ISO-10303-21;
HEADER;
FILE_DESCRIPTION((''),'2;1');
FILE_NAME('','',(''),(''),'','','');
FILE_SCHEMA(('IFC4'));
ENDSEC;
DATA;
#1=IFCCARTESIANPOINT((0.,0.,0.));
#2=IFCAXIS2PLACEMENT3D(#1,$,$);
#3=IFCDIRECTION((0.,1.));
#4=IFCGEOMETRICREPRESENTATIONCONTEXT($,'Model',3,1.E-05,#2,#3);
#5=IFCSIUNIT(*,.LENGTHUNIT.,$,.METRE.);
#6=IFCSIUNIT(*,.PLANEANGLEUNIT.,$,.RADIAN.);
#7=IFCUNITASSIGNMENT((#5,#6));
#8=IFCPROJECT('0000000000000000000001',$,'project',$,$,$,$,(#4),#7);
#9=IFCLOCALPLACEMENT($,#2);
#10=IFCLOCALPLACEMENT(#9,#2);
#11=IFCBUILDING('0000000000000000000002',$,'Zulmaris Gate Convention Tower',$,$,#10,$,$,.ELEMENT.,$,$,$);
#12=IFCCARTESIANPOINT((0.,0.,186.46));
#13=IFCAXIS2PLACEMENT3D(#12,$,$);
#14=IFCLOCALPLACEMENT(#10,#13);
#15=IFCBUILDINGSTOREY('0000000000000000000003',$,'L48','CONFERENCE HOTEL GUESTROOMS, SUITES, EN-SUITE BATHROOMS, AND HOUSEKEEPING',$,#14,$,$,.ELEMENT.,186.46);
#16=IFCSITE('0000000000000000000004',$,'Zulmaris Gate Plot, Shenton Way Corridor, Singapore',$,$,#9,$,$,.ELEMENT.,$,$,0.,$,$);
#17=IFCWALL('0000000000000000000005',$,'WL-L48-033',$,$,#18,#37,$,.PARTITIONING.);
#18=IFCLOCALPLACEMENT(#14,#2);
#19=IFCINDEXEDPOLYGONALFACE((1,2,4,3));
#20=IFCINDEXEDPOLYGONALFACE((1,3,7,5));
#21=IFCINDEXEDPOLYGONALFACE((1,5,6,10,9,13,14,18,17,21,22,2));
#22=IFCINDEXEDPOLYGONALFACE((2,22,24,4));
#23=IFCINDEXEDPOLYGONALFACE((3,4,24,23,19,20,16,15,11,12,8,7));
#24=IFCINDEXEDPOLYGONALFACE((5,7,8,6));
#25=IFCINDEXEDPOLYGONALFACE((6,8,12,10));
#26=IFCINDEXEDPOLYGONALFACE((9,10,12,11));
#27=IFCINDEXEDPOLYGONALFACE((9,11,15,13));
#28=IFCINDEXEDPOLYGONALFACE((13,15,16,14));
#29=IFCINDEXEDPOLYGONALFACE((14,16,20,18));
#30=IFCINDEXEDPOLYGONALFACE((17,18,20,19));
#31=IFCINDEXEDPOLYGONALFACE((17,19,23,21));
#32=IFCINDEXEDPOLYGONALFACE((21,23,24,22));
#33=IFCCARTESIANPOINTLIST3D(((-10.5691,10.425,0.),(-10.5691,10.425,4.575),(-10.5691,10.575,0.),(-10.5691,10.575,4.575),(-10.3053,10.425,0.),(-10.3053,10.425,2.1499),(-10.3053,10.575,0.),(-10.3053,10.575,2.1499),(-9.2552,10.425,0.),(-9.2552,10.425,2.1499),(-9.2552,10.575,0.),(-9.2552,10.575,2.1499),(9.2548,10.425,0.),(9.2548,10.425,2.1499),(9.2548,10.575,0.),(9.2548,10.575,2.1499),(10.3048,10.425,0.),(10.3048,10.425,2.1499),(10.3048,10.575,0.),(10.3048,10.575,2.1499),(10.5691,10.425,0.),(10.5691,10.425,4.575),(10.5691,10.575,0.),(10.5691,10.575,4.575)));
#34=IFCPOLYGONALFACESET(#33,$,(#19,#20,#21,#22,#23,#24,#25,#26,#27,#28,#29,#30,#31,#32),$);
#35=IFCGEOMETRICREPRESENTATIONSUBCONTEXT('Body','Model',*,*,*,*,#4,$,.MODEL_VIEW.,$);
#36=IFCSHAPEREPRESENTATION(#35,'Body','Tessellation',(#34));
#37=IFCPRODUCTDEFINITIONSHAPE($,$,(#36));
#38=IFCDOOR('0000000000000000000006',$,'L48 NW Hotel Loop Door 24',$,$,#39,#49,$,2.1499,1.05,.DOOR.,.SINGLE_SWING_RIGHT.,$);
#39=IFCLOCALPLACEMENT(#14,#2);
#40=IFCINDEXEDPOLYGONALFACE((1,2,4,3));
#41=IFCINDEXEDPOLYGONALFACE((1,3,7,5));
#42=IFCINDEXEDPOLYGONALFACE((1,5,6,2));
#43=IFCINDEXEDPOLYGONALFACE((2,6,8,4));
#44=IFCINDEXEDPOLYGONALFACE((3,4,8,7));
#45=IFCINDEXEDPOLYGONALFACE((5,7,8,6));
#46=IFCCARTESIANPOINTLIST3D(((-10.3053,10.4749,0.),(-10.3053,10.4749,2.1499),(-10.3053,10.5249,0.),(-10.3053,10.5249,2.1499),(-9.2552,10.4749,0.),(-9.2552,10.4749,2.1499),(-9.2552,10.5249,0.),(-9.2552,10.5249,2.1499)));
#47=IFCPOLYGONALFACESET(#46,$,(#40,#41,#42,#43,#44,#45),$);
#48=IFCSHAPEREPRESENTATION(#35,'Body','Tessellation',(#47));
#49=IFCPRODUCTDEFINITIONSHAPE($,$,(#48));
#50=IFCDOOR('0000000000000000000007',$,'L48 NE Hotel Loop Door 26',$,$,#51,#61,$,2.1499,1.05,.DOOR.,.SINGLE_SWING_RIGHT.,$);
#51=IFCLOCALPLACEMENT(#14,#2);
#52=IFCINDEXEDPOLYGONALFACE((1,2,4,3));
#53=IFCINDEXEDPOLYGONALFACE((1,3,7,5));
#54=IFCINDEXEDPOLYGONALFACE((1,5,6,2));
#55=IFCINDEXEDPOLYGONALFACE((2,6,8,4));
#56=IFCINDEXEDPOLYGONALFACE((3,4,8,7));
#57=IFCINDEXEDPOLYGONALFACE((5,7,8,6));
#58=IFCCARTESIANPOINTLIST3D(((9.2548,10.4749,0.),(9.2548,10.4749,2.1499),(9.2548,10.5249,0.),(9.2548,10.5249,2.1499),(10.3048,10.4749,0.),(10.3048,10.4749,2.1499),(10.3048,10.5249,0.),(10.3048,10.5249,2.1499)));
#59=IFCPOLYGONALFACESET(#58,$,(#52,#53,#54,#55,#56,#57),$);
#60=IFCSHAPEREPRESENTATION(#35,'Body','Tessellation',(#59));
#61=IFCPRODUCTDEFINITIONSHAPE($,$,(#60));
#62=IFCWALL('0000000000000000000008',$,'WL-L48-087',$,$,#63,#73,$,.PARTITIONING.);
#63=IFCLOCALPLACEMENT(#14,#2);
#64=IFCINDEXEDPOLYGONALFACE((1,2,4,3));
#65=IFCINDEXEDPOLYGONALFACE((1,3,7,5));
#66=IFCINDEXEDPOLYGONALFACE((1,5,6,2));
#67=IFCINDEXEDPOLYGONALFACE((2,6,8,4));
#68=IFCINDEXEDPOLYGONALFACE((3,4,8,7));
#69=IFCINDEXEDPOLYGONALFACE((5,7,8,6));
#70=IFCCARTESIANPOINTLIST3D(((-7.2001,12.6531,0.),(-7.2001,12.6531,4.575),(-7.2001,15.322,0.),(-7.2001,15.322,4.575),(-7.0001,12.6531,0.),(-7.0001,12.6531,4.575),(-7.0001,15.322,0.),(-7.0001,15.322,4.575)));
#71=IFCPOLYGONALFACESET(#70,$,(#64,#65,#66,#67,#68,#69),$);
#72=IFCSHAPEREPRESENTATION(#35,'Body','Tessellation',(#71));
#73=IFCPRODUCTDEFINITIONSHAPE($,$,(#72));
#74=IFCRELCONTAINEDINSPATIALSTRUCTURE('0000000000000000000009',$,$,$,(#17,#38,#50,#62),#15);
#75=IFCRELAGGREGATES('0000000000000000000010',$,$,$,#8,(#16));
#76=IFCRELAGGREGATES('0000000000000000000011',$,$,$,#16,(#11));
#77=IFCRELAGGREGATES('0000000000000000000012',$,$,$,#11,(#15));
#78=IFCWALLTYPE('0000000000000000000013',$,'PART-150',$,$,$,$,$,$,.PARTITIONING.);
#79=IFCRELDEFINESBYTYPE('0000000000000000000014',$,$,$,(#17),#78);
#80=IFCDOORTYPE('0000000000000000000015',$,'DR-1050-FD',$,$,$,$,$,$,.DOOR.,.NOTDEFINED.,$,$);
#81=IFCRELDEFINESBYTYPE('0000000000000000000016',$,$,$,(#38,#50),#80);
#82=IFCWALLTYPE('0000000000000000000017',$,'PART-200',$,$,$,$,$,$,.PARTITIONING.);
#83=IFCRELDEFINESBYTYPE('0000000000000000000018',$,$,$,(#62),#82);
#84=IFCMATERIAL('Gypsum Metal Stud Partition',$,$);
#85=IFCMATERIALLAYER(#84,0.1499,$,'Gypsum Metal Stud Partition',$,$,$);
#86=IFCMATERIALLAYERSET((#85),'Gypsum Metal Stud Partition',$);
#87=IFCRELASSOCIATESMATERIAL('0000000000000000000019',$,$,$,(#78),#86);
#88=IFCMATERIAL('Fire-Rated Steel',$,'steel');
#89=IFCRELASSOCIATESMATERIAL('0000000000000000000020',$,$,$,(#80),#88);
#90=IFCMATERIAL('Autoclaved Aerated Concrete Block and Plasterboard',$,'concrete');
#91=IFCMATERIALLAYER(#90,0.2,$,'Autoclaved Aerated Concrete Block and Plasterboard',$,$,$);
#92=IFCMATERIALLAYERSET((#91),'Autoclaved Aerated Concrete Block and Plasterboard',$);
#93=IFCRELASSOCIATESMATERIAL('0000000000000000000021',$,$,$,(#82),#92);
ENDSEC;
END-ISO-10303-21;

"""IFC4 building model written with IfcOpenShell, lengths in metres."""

from ifc_helpers import new_model, si_unit, direction, frame, frame_2d, origin, place, context, subcontext, project, spatial, rectangle, extrude, material, layer, layer_set, type_object, element, fill, save


model = new_model("IFC4")

# Units and contexts
model_context = context("Model", 3, precision=1e-05, world=origin(), true_north=direction((0.0, 1.0)))
body_context = subcontext(model_context, "Body", "Model", "MODEL_VIEW")
ifc_project = project(units=[si_unit("LENGTHUNIT", "METRE"), si_unit("PLANEANGLEUNIT", "RADIAN")], contexts=[model_context])

# Site, building, storey
site_placement = place(None, origin())
site = spatial("IfcSite", under=ifc_project, at=site_placement, Name="Zulmaris Gate Plot, Shenton Way Corridor, Singapore", CompositionType="ELEMENT", RefElevation=0.0)
building_placement = place(site_placement, origin())
building = spatial("IfcBuilding", under=site, at=building_placement, Name="Zulmaris Gate Convention Tower", CompositionType="ELEMENT")
storey_placement = place(building_placement, frame((0.0, 0.0, 186.46)))
storey = spatial("IfcBuildingStorey", under=building, at=storey_placement, Name="L48", Description="CONFERENCE HOTEL GUESTROOMS, SUITES, EN-SUITE BATHROOMS, AND HOUSEKEEPING", CompositionType="ELEMENT", Elevation=186.46)

# Shared definitions
ifc_material_1 = material(Name="Fire-Rated Steel", Category="steel")

# Wall, openings, doors
ifc_material_2 = material(Name="Gypsum Metal Stud Partition")
ifc_layer_1 = layer(ifc_material_2, 0.1499, Name="Gypsum Metal Stud Partition")
ifc_layer_set_1 = layer_set([ifc_layer_1], Name="Gypsum Metal Stud Partition")
wall_type_1 = type_object("IfcWallType", Name="PART-150", PredefinedType="PARTITIONING", material=ifc_layer_set_1)
wall_1_placement = place(storey_placement, frame((-10.5691, 10.5, 0.0), z_axis=(0.0, 0.0, 1.0), x_axis=(1.0, 0.0, 0.0)))
wall_1 = element("IfcWall", 1, at=wall_1_placement, inside=storey, type_object=wall_type_1, Name="WL-L48-033", PredefinedType="PARTITIONING", context=body_context, shape_type="SweptSolid", body=[
    extrude(rectangle(XDim=21.1382, YDim=0.1499, at=frame_2d((10.5691, 0.0))), origin(), (0.0, 0.0, 1.0), 4.575),
])
opening_1_placement = place(wall_1_placement, frame((0.2639, 0.0, 0.0)))
opening_1 = element("IfcOpeningElement", 2, at=opening_1_placement, cuts=wall_1, PredefinedType="OPENING", context=body_context, shape_type="SweptSolid", body=[
    extrude(rectangle(XDim=1.05, YDim=2.1499, at=frame_2d((0.5249, 1.075))), frame((0.0, 0.085, 0.0), z_axis=(0.0, -1.0, 0.0), x_axis=(1.0, 0.0, 0.0)), (0.0, 0.0, 1.0), 0.1699),
])
opening_2_placement = place(wall_1_placement, frame((19.824, 0.0, 0.0)))
opening_2 = element("IfcOpeningElement", 3, at=opening_2_placement, cuts=wall_1, PredefinedType="OPENING", context=body_context, shape_type="SweptSolid", body=[
    extrude(rectangle(XDim=1.05, YDim=2.1499, at=frame_2d((0.5249, 1.075))), frame((0.0, 0.085, 0.0), z_axis=(0.0, -1.0, 0.0), x_axis=(1.0, 0.0, 0.0)), (0.0, 0.0, 1.0), 0.1699),
])
door_type_1 = type_object("IfcDoorType", Name="DR-1050-FD", OperationType="NOTDEFINED", PredefinedType="DOOR", material=ifc_material_1)
door_1_placement = place(opening_1_placement, origin())
door_1 = element("IfcDoor", 4, at=door_1_placement, inside=storey, type_object=door_type_1, Name="L48 NW Hotel Loop Door 24", OperationType="SINGLE_SWING_RIGHT", OverallHeight=2.1499, OverallWidth=1.05, PredefinedType="DOOR", context=body_context, shape_type="SweptSolid", body=[
    extrude(rectangle(XDim=1.05, YDim=2.1499, at=frame_2d((0.5249, 1.075))), frame((0.0, 0.0249, 0.0), z_axis=(0.0, -1.0, 0.0), x_axis=(1.0, 0.0, 0.0)), (0.0, 0.0, 1.0), 0.05),
])
fill(opening_1, door_1)
door_2_placement = place(opening_2_placement, origin())
door_2 = element("IfcDoor", 5, at=door_2_placement, inside=storey, type_object=door_type_1, Name="L48 NE Hotel Loop Door 26", OperationType="SINGLE_SWING_RIGHT", OverallHeight=2.1499, OverallWidth=1.05, PredefinedType="DOOR", context=body_context, shape_type="SweptSolid", body=[
    extrude(rectangle(XDim=1.05, YDim=2.1499, at=frame_2d((0.5249, 1.075))), frame((0.0, 0.0249, 0.0), z_axis=(0.0, -1.0, 0.0), x_axis=(1.0, 0.0, 0.0)), (0.0, 0.0, 1.0), 0.05),
])
fill(opening_2, door_2)

# Wall
ifc_material_3 = material(Name="Autoclaved Aerated Concrete Block and Plasterboard", Category="concrete")
ifc_layer_2 = layer(ifc_material_3, 0.2, Name="Autoclaved Aerated Concrete Block and Plasterboard")
ifc_layer_set_2 = layer_set([ifc_layer_2], Name="Autoclaved Aerated Concrete Block and Plasterboard")
wall_type_2 = type_object("IfcWallType", Name="PART-200", PredefinedType="PARTITIONING", material=ifc_layer_set_2)
wall_2_placement = place(storey_placement, frame((-7.1001, 12.6531, 0.0), z_axis=(0.0, 0.0, 1.0), x_axis=(0.0, 1.0, 0.0)))
element("IfcWall", 6, at=wall_2_placement, inside=storey, type_object=wall_type_2, Name="WL-L48-087", PredefinedType="PARTITIONING", context=body_context, shape_type="SweptSolid", body=[
    extrude(rectangle(XDim=2.6689, YDim=0.2, at=frame_2d((1.3345, 0.0))), origin(), (0.0, 0.0, 1.0), 4.575),
])

save(model, "model.ifc")
